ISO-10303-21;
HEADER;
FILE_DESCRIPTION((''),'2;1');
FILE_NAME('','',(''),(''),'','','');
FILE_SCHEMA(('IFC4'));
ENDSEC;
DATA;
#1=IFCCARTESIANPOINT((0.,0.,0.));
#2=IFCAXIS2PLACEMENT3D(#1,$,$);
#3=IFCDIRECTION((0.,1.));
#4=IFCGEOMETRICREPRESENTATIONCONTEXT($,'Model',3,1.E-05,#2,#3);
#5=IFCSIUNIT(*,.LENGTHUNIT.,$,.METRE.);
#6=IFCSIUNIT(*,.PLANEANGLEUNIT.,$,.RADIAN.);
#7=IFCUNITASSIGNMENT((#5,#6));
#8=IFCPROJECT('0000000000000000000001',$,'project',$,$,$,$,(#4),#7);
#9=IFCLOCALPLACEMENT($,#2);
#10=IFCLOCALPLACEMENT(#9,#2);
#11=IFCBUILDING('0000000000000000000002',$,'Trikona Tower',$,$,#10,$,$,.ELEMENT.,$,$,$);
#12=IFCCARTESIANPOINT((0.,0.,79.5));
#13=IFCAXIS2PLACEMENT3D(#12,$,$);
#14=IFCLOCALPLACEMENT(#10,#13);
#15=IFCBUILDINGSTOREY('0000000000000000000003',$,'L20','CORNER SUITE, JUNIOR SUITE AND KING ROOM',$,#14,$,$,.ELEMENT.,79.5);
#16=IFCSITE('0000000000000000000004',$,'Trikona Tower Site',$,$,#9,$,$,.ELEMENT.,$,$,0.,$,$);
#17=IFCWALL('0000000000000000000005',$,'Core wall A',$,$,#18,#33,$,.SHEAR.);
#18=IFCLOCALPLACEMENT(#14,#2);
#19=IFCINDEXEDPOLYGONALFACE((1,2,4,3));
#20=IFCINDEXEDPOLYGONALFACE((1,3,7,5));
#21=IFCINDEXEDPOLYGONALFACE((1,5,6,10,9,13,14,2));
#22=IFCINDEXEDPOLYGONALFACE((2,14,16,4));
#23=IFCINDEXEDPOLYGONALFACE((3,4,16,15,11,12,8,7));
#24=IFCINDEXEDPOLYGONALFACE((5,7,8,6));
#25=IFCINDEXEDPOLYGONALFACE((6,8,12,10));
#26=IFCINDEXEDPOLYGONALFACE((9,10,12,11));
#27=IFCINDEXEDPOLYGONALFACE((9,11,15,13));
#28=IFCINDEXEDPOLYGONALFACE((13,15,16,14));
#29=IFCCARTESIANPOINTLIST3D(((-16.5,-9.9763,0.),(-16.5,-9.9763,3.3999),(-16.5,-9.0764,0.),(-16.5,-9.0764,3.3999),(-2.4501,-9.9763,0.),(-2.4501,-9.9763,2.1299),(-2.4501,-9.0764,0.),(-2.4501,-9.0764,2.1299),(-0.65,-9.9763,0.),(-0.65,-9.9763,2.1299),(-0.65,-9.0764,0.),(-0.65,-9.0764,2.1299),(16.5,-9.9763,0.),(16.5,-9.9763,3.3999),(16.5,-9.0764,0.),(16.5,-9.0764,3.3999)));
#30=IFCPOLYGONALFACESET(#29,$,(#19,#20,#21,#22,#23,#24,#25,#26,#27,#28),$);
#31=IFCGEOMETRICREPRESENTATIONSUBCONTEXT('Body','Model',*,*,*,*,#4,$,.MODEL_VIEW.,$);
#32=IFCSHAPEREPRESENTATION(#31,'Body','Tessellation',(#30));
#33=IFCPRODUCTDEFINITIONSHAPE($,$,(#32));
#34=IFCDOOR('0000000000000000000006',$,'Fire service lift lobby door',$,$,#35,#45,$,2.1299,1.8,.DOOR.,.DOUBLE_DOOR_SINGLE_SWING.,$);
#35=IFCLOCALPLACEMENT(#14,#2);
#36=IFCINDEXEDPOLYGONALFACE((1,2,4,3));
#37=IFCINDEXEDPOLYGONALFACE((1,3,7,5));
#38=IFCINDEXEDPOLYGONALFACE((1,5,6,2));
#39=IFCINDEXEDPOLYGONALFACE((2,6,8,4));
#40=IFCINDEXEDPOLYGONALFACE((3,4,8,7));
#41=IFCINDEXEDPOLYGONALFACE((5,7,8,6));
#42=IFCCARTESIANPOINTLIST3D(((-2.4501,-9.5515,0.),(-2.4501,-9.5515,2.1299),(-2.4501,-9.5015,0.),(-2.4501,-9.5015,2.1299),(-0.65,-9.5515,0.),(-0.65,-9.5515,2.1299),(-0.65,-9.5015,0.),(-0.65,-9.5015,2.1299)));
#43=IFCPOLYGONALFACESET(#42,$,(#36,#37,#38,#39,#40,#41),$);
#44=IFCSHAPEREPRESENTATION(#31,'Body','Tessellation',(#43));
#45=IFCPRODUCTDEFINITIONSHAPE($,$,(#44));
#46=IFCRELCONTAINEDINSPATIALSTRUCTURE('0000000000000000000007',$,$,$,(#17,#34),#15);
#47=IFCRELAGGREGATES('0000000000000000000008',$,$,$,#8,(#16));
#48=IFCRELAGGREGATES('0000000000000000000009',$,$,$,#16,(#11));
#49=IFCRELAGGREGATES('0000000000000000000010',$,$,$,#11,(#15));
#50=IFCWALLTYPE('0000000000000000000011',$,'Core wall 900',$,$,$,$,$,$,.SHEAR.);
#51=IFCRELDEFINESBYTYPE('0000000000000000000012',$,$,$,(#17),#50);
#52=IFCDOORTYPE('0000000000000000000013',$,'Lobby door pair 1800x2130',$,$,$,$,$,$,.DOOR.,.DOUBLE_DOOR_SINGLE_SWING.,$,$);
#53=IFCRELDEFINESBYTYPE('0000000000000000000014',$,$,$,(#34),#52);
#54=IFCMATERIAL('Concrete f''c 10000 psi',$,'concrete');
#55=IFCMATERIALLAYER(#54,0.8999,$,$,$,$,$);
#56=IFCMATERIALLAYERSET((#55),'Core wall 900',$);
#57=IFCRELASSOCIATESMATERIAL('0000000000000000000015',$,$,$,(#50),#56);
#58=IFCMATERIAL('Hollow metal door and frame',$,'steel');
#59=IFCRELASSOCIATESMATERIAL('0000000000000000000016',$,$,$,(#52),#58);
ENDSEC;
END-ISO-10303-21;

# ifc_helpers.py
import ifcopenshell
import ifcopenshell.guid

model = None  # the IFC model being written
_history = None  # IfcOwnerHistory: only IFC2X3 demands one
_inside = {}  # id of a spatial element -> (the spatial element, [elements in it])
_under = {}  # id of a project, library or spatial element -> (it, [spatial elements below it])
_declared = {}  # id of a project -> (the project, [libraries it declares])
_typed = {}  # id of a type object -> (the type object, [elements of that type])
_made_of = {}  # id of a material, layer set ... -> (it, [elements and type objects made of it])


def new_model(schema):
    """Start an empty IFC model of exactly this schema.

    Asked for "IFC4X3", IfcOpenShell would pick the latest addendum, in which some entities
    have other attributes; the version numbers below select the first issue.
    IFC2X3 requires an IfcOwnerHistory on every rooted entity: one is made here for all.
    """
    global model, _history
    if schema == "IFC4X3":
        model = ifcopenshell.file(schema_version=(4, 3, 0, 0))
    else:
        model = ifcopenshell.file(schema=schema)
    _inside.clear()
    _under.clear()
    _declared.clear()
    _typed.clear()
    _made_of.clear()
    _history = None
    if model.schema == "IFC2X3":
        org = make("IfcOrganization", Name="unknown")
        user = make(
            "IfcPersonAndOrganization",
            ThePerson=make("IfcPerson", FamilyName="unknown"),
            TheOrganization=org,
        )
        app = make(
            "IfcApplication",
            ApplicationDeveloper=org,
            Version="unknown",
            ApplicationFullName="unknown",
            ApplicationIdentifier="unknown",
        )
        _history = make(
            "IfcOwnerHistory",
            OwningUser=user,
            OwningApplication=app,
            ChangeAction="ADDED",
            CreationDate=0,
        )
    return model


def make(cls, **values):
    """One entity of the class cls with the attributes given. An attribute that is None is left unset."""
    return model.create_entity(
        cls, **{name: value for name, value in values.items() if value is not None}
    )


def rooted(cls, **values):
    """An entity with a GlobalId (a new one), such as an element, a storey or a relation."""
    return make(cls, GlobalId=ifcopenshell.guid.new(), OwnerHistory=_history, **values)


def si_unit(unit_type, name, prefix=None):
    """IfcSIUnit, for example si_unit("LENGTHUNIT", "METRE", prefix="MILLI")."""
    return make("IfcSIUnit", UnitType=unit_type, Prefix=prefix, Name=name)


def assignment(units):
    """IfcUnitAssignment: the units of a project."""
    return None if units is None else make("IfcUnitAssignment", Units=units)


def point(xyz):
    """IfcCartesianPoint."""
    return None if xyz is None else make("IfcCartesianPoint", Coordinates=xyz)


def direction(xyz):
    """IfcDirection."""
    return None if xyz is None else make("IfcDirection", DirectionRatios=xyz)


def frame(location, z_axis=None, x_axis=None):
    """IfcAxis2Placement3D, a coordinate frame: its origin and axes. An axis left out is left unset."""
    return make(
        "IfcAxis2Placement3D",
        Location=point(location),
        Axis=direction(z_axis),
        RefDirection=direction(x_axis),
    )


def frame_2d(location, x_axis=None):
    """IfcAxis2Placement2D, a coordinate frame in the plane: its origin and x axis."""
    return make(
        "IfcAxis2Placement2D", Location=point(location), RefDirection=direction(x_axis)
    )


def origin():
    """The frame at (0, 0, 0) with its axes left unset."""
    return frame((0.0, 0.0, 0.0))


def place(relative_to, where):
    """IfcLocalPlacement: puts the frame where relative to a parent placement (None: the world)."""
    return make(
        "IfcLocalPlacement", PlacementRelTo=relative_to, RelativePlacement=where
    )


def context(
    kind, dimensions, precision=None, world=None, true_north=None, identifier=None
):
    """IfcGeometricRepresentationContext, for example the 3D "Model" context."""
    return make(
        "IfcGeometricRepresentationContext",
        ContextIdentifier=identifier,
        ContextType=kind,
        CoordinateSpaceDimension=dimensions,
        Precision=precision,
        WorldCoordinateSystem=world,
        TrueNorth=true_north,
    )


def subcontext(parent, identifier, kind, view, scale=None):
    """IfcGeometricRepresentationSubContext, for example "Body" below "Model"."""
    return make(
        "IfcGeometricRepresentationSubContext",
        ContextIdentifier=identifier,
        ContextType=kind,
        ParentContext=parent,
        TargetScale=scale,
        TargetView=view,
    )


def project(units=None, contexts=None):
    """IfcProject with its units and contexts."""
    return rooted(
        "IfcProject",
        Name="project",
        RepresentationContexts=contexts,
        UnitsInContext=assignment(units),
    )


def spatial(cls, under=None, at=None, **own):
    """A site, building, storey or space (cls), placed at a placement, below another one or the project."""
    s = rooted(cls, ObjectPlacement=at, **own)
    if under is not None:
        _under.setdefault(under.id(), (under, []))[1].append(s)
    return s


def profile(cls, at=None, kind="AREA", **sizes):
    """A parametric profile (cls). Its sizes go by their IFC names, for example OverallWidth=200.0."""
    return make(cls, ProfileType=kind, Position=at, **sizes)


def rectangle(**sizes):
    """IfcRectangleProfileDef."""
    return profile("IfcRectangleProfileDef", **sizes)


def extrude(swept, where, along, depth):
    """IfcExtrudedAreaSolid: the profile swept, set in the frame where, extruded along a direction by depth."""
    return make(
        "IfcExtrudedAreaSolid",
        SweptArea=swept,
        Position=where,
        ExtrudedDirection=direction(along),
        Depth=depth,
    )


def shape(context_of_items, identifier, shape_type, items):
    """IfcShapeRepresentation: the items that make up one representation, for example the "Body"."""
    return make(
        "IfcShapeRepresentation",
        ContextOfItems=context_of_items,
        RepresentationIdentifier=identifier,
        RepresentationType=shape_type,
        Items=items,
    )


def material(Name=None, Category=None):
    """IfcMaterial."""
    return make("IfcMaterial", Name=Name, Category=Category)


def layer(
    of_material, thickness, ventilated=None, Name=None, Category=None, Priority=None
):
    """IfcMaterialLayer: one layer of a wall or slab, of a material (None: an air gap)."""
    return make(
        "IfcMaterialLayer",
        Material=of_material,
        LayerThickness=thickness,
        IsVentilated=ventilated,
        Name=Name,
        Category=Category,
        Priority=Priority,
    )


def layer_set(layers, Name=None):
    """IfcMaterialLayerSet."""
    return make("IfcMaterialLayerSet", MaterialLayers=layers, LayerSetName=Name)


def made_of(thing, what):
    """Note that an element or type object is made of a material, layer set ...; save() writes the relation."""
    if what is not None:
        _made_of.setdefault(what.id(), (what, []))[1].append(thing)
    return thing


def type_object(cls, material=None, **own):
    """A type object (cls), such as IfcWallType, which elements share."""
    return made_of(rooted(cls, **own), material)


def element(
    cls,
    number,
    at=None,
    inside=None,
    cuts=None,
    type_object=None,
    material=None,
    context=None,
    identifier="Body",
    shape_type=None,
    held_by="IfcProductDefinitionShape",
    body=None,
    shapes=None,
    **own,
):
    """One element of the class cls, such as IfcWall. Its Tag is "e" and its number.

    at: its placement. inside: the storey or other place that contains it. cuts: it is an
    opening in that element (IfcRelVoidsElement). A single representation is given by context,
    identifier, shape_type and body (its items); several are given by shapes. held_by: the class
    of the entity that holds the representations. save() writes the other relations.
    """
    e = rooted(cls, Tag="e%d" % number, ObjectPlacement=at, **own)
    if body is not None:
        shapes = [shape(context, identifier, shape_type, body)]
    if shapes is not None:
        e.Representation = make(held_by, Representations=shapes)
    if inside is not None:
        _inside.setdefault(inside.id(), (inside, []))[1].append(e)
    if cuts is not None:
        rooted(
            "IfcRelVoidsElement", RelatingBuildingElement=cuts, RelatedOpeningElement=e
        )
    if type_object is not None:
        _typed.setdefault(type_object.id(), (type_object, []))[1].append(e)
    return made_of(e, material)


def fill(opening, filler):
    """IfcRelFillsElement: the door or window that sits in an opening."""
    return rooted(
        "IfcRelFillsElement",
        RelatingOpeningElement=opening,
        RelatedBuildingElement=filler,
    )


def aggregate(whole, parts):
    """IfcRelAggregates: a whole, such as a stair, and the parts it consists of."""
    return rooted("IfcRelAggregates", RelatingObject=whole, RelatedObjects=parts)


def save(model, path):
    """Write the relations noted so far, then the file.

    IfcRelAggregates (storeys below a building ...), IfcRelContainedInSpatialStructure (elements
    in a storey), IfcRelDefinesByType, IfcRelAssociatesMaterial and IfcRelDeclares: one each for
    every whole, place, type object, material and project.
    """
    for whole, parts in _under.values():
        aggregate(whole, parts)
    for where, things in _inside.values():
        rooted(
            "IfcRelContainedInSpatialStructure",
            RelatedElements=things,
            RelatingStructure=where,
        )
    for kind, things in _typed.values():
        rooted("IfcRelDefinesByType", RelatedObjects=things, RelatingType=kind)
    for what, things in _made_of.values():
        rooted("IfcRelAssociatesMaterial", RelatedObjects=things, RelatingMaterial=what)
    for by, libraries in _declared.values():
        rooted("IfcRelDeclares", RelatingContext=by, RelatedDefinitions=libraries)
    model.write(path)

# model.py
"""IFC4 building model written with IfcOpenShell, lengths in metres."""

from ifc_helpers import new_model, si_unit, direction, frame, frame_2d, origin, place, context, subcontext, project, spatial, rectangle, extrude, material, layer, layer_set, type_object, element, fill, save


model = new_model("IFC4")

# Units and contexts
model_context = context("Model", 3, precision=1e-05, world=origin(), true_north=direction((0.0, 1.0)))
body_context = subcontext(model_context, "Body", "Model", "MODEL_VIEW")
ifc_project = project(units=[si_unit("LENGTHUNIT", "METRE"), si_unit("PLANEANGLEUNIT", "RADIAN")], contexts=[model_context])

# Site, building, storey
site_placement = place(None, origin())
site = spatial("IfcSite", under=ifc_project, at=site_placement, Name="Trikona Tower Site", CompositionType="ELEMENT", RefElevation=0.0)
building_placement = place(site_placement, origin())
building = spatial("IfcBuilding", under=site, at=building_placement, Name="Trikona Tower", CompositionType="ELEMENT")
storey_placement = place(building_placement, frame((0.0, 0.0, 79.5)))
storey = spatial("IfcBuildingStorey", under=building, at=storey_placement, Name="L20", Description="CORNER SUITE, JUNIOR SUITE AND KING ROOM", CompositionType="ELEMENT", Elevation=79.5)

# Wall, opening, door
ifc_material_1 = material(Name="Concrete f'c 10000 psi", Category="concrete")
ifc_layer_1 = layer(ifc_material_1, 0.8999)
ifc_layer_set_1 = layer_set([ifc_layer_1], Name="Core wall 900")
wall_type_1 = type_object("IfcWallType", Name="Core wall 900", PredefinedType="SHEAR", material=ifc_layer_set_1)
wall_1_placement = place(storey_placement, frame((-16.5, -9.5264, 0.0), z_axis=(0.0, 0.0, 1.0), x_axis=(1.0, 0.0, 0.0)))
wall_1 = element("IfcWall", 1, at=wall_1_placement, inside=storey, type_object=wall_type_1, Name="Core wall A", PredefinedType="SHEAR", context=body_context, shape_type="SweptSolid", body=[
    extrude(rectangle(XDim=33.0, YDim=0.8999, at=frame_2d((16.5, 0.0))), origin(), (0.0, 0.0, 1.0), 3.3999),
])
opening_1_placement = place(wall_1_placement, frame((14.05, 0.0, 0.0)))
opening_1 = element("IfcOpeningElement", 2, at=opening_1_placement, cuts=wall_1, PredefinedType="OPENING", context=body_context, shape_type="SweptSolid", body=[
    extrude(rectangle(XDim=1.8, YDim=2.1299, at=frame_2d((0.8999, 1.0649))), frame((0.0, 0.46, 0.0), z_axis=(0.0, -1.0, 0.0), x_axis=(1.0, 0.0, 0.0)), (0.0, 0.0, 1.0), 0.9199),
])
ifc_material_2 = material(Name="Hollow metal door and frame", Category="steel")
door_type_1 = type_object("IfcDoorType", Name="Lobby door pair 1800x2130", OperationType="DOUBLE_DOOR_SINGLE_SWING", PredefinedType="DOOR", material=ifc_material_2)
door_1_placement = place(opening_1_placement, origin())
door_1 = element("IfcDoor", 3, at=door_1_placement, inside=storey, type_object=door_type_1, Name="Fire service lift lobby door", OperationType="DOUBLE_DOOR_SINGLE_SWING", OverallHeight=2.1299, OverallWidth=1.8, PredefinedType="DOOR", context=body_context, shape_type="SweptSolid", body=[
    extrude(rectangle(XDim=1.8, YDim=2.1299, at=frame_2d((0.8999, 1.0649))), frame((0.0, 0.0249, 0.0), z_axis=(0.0, -1.0, 0.0), x_axis=(1.0, 0.0, 0.0)), (0.0, 0.0, 1.0), 0.05),
])
fill(opening_1, door_1)

save(model, "model.ifc")
